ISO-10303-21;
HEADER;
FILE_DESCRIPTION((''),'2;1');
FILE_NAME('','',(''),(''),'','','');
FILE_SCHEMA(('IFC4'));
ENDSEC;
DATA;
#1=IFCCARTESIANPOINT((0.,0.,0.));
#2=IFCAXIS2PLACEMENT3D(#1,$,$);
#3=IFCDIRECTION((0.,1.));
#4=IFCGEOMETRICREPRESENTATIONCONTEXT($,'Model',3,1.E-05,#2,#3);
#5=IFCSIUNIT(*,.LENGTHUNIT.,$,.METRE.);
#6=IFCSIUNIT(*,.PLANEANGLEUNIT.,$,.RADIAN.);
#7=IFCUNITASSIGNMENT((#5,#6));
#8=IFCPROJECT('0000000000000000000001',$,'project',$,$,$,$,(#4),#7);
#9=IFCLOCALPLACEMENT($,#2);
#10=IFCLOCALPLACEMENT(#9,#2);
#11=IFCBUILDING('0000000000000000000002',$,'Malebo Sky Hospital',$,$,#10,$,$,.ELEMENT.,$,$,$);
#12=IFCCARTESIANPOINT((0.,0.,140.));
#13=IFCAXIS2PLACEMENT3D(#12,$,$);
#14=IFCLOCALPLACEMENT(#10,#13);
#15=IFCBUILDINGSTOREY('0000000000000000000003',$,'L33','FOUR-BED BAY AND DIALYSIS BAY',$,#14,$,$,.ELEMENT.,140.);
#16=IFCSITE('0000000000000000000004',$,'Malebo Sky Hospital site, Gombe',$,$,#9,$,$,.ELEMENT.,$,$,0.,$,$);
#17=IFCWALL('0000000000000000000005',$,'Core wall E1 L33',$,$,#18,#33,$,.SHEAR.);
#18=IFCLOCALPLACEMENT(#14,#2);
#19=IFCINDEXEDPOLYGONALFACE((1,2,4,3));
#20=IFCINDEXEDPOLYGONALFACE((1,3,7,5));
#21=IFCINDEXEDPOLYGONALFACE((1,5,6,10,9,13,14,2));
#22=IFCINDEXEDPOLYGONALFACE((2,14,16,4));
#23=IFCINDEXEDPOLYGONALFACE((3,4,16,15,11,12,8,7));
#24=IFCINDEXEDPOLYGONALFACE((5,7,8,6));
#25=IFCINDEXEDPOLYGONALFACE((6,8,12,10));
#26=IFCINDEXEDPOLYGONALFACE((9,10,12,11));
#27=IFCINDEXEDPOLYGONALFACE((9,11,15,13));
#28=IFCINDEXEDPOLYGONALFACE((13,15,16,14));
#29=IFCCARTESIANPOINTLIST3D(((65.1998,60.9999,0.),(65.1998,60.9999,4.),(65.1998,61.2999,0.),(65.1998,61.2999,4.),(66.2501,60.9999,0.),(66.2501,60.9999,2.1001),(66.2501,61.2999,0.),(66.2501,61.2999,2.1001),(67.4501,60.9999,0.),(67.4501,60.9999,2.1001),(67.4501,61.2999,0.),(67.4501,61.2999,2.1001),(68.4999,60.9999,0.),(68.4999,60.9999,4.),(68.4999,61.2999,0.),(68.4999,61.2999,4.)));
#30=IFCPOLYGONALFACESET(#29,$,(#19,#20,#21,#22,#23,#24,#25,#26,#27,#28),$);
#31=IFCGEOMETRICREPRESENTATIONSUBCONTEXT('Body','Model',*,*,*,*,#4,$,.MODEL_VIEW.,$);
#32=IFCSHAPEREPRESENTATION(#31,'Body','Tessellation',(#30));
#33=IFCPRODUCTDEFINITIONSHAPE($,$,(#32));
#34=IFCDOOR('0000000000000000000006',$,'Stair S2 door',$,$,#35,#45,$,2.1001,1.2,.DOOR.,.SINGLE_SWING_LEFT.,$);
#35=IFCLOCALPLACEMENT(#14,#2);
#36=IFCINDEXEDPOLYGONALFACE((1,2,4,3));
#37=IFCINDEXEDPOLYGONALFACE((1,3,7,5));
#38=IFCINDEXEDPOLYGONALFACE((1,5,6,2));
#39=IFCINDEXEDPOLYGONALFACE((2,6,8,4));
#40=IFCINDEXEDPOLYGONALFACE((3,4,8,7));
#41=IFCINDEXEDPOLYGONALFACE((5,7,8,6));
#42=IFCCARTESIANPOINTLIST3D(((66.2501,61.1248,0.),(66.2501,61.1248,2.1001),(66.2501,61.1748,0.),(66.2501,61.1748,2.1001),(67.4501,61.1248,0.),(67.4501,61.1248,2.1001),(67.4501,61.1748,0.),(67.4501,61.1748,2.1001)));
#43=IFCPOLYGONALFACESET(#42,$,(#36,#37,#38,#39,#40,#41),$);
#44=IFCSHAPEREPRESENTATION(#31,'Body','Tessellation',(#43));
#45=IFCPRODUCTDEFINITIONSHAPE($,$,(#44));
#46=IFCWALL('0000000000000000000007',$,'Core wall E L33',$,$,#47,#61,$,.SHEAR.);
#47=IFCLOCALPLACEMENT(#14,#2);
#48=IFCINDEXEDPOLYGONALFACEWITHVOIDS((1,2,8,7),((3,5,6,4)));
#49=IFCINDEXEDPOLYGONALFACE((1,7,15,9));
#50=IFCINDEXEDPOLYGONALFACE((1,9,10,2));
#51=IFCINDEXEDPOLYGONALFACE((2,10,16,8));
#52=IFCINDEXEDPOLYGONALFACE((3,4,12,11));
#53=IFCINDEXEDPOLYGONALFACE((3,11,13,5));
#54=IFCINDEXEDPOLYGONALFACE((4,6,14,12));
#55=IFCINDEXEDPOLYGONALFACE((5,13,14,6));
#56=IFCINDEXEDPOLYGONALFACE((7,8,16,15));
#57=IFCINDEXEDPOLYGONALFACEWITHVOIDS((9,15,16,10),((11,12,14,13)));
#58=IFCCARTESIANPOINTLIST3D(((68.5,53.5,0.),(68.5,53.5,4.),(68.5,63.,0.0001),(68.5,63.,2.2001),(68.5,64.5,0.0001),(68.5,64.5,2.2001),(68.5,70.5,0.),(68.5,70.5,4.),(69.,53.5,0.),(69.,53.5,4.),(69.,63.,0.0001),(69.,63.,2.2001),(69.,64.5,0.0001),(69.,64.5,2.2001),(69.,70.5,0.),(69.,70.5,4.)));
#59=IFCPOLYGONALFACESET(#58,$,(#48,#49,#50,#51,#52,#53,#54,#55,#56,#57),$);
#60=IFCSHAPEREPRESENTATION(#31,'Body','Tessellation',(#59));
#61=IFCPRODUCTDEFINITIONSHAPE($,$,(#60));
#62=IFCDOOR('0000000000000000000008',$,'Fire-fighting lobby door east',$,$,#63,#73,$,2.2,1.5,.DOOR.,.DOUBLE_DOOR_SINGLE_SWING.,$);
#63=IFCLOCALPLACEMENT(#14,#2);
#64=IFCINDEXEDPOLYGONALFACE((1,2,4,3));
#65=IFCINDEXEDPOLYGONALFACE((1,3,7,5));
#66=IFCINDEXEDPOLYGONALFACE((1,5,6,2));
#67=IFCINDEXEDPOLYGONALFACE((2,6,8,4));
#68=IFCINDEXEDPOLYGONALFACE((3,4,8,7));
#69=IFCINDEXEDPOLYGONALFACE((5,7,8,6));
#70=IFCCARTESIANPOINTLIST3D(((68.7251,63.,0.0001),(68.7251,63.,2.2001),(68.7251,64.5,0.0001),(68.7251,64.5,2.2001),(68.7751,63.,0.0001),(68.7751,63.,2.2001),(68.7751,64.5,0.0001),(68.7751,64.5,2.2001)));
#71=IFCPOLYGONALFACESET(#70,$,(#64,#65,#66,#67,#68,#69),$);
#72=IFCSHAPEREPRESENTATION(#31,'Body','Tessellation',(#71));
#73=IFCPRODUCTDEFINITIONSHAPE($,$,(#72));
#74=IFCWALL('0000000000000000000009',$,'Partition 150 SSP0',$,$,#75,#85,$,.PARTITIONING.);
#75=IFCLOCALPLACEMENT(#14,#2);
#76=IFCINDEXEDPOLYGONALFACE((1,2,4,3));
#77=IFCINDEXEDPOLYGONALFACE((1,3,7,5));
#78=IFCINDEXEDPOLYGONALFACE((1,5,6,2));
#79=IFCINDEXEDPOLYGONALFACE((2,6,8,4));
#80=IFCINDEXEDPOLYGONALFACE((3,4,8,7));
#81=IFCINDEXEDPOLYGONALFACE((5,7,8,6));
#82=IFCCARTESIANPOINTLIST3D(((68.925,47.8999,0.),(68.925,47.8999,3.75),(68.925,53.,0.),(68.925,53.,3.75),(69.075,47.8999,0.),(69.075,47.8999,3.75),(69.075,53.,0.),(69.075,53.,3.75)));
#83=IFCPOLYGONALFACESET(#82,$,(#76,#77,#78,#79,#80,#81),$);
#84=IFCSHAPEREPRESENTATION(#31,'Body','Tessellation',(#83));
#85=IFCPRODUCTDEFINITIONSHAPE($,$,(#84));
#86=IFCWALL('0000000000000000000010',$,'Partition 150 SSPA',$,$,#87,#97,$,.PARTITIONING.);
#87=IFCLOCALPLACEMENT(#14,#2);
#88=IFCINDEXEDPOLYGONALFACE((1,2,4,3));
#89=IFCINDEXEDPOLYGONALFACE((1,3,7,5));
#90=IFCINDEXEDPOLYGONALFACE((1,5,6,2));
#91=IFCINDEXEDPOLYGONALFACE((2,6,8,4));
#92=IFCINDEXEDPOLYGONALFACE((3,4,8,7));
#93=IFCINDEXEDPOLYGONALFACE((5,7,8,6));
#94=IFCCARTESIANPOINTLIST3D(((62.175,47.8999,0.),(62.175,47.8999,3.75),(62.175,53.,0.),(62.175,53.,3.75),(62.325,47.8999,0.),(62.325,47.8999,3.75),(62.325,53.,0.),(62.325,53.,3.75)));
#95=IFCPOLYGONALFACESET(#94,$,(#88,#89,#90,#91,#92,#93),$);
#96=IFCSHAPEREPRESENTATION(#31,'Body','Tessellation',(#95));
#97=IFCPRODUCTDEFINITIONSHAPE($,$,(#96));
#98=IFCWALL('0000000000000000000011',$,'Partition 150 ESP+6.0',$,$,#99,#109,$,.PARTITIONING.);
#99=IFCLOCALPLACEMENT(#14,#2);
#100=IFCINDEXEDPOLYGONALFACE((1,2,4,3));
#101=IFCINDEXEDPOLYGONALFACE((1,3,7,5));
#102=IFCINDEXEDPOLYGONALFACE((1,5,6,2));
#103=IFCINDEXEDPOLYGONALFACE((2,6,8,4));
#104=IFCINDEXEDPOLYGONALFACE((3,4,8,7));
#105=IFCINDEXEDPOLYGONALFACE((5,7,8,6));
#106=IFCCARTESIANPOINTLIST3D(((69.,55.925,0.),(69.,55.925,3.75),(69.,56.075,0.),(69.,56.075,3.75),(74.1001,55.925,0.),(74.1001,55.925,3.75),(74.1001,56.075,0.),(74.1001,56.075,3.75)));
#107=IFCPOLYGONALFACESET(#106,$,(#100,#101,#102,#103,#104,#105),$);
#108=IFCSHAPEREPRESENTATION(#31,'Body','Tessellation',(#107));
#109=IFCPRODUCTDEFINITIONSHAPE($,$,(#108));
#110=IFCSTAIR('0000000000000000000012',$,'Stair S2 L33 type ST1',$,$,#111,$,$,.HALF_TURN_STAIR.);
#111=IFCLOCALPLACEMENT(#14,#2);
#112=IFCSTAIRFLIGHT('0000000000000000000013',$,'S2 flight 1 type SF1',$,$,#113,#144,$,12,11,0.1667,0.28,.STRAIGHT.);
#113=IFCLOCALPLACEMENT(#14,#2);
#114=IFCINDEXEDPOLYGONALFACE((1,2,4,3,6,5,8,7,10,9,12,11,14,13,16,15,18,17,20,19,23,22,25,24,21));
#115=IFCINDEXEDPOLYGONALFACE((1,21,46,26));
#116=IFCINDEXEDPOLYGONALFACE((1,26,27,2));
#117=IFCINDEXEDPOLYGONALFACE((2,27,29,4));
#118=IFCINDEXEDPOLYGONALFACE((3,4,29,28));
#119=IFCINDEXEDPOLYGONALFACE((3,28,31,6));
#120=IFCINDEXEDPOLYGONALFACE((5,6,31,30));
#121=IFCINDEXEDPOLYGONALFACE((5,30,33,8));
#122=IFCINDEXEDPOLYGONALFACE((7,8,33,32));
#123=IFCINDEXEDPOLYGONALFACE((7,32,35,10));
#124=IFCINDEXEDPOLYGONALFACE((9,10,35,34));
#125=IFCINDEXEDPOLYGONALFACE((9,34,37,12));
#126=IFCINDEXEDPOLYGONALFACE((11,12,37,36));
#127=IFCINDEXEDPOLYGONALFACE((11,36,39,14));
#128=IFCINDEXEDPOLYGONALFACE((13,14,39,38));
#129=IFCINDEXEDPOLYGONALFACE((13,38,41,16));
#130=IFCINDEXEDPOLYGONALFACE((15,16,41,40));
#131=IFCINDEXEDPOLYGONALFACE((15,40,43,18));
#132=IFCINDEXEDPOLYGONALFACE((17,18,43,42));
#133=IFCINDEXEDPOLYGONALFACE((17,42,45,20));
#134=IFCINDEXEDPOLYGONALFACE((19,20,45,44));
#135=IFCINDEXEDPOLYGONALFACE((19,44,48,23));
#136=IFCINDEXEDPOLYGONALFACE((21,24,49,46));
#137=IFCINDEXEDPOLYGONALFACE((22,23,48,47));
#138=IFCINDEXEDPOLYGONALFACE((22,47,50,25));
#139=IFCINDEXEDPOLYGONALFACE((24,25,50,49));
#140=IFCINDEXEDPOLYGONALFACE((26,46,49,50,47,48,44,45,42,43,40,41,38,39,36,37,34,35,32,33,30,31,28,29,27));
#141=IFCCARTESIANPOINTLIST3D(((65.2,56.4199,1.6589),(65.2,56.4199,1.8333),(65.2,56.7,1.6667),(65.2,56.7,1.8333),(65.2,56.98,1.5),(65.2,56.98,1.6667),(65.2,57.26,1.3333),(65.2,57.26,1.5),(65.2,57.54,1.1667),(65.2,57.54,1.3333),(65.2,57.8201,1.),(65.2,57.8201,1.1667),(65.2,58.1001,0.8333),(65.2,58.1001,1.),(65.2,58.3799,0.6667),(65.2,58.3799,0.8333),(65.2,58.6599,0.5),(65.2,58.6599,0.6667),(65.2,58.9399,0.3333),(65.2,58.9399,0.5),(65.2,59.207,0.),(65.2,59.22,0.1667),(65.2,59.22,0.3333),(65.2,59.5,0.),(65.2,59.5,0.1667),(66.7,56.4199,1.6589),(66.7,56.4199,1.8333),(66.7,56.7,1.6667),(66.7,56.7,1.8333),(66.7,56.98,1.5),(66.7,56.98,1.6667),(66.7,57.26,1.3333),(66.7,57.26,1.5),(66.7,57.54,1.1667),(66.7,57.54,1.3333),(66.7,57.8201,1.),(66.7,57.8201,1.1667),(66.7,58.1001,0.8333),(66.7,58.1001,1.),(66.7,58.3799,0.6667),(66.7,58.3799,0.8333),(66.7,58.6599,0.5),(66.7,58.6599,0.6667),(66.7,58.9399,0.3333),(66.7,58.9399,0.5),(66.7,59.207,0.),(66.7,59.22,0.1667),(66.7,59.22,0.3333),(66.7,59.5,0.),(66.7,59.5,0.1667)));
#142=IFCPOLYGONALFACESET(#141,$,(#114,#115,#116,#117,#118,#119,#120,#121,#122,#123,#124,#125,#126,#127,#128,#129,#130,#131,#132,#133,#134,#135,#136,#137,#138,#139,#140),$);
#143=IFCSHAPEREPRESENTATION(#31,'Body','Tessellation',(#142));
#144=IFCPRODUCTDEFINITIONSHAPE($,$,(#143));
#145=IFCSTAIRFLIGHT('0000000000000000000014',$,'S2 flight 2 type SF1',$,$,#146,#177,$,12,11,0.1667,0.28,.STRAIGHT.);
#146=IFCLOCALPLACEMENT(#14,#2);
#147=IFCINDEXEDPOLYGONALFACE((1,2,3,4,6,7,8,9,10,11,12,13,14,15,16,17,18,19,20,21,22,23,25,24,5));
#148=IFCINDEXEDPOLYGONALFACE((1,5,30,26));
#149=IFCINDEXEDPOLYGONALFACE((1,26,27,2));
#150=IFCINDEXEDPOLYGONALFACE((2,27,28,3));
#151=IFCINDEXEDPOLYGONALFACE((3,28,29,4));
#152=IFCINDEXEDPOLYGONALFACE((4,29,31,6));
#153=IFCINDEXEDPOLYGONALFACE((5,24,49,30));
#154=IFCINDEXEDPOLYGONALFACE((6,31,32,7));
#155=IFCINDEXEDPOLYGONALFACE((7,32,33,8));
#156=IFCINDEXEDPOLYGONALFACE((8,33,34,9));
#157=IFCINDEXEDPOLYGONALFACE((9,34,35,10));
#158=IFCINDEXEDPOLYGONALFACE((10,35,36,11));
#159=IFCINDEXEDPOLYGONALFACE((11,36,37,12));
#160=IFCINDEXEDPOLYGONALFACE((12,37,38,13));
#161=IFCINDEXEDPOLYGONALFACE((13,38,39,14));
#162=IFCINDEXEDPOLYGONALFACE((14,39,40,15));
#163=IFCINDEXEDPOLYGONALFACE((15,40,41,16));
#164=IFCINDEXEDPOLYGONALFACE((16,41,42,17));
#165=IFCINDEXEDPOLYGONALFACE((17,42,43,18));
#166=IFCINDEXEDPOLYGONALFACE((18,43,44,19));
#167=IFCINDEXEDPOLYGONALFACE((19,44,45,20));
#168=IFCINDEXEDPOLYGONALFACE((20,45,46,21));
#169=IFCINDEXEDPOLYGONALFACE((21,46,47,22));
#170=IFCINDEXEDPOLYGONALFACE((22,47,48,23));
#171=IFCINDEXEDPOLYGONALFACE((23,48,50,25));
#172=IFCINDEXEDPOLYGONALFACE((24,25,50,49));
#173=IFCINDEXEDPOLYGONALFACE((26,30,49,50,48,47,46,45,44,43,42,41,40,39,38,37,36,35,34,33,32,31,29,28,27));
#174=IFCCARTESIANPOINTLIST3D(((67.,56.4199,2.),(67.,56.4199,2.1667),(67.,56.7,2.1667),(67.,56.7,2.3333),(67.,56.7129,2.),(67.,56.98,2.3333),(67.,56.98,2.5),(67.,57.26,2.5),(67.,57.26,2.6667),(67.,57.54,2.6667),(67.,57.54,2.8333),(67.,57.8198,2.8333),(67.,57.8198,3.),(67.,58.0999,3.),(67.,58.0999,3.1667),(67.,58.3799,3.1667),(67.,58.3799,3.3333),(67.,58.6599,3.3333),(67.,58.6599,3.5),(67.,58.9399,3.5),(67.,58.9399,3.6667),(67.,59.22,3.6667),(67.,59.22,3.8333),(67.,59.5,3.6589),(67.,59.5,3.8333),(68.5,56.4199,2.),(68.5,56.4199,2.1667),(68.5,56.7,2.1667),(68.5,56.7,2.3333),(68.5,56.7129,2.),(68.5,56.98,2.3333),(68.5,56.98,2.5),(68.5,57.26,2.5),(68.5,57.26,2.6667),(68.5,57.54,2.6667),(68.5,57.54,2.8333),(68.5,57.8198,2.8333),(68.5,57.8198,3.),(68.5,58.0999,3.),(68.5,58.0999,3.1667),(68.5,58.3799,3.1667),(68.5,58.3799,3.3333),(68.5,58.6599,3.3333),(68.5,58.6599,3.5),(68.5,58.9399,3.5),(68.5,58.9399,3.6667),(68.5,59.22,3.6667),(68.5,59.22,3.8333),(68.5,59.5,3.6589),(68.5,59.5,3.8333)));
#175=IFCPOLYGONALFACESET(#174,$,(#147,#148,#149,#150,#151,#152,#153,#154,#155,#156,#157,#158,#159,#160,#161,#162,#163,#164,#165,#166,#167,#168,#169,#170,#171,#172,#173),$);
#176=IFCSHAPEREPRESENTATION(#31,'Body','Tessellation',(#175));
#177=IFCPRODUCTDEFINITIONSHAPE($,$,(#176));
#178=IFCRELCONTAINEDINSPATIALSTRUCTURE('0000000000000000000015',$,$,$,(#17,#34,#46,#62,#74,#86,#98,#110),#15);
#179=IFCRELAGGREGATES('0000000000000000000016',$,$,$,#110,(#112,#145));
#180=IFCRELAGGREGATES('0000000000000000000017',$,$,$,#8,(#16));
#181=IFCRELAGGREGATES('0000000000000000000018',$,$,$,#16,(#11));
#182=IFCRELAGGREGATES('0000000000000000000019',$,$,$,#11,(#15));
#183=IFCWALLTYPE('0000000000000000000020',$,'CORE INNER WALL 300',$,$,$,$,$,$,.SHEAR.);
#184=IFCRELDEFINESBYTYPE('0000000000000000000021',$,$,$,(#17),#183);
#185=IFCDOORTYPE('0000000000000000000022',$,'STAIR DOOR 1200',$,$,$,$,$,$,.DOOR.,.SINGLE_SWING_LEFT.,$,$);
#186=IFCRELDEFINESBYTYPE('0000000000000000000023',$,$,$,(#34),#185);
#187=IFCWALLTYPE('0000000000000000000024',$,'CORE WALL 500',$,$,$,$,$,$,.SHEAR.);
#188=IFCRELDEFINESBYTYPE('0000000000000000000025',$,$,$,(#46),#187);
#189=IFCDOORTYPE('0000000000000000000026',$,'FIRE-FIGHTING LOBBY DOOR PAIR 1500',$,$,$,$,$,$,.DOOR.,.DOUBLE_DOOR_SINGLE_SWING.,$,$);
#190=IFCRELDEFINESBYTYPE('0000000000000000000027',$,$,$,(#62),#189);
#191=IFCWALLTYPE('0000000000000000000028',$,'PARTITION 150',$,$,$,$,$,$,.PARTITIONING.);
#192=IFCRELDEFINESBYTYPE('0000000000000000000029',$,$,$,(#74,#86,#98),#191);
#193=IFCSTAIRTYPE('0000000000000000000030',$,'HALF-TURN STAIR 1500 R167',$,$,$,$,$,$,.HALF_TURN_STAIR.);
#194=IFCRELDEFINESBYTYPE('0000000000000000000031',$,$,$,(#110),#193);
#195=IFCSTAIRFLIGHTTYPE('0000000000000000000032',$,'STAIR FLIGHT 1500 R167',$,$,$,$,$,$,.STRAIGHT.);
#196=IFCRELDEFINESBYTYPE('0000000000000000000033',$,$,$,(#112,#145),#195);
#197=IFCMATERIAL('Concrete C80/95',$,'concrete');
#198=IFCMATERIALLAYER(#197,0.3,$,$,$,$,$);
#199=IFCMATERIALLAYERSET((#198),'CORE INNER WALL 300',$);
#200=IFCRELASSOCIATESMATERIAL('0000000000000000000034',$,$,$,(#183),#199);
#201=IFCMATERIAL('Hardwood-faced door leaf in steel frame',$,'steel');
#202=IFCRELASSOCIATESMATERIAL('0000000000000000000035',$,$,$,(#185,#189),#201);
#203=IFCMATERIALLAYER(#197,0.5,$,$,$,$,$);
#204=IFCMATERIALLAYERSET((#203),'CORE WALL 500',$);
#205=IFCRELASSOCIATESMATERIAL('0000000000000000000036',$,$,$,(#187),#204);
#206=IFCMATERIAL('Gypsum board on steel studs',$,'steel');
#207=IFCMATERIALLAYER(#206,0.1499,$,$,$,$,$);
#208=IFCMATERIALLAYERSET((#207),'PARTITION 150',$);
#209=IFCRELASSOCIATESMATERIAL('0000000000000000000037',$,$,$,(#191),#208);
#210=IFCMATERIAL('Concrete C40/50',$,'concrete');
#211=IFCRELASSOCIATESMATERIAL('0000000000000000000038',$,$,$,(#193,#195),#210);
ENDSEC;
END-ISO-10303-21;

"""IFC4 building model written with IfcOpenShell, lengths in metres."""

from ifc_helpers import new_model, si_unit, direction, frame, frame_2d, origin, place, context, subcontext, project, spatial, polyline, rectangle, outline, extrude, material, layer, layer_set, type_object, element, fill, aggregate, save


model = new_model("IFC4")

# Units and contexts
model_context = context("Model", 3, precision=1e-05, world=origin(), true_north=direction((0.0, 1.0)))
body_context = subcontext(model_context, "Body", "Model", "MODEL_VIEW")
ifc_project = project(units=[si_unit("LENGTHUNIT", "METRE"), si_unit("PLANEANGLEUNIT", "RADIAN")], contexts=[model_context])

# Site, building, storey
site_placement = place(None, origin())
site = spatial("IfcSite", under=ifc_project, at=site_placement, Name="Malebo Sky Hospital site, Gombe", CompositionType="ELEMENT", RefElevation=0.0)
building_placement = place(site_placement, origin())
building = spatial("IfcBuilding", under=site, at=building_placement, Name="Malebo Sky Hospital", CompositionType="ELEMENT")
storey_placement = place(building_placement, frame((0.0, 0.0, 140.0)))
storey = spatial("IfcBuildingStorey", under=building, at=storey_placement, Name="L33", Description="FOUR-BED BAY AND DIALYSIS BAY", CompositionType="ELEMENT", Elevation=140.0)

# Shared definitions
ifc_material_1 = material(Name="Concrete C80/95", Category="concrete")

# Shared definitions
ifc_layer_1 = layer(ifc_material_1, 0.3)
ifc_layer_set_1 = layer_set([ifc_layer_1], Name="CORE INNER WALL 300")
wall_type_1 = type_object("IfcWallType", Name="CORE INNER WALL 300", PredefinedType="SHEAR", material=ifc_layer_set_1)

# Walls, openings, doors
wall_1_placement = place(storey_placement, frame((65.2, 61.1499, 0.0), z_axis=(0.0, 0.0, 1.0), x_axis=(1.0, 0.0, 0.0)))
wall_1 = element("IfcWall", 1, at=wall_1_placement, inside=storey, type_object=wall_type_1, Name="Core wall E1 L33", PredefinedType="SHEAR", context=body_context, shape_type="SweptSolid", body=[
    extrude(rectangle(XDim=3.3, YDim=0.3, at=frame_2d((1.6499, 0.0))), origin(), (0.0, 0.0, 1.0), 4.0),
])
opening_1_placement = place(wall_1_placement, frame((1.05, 0.0, 0.0)))
opening_1 = element("IfcOpeningElement", 2, at=opening_1_placement, cuts=wall_1, PredefinedType="OPENING", context=body_context, shape_type="SweptSolid", body=[
    extrude(rectangle(XDim=1.2, YDim=2.1001, at=frame_2d((0.6001, 1.05))), frame((0.0, 0.1599, 0.0), z_axis=(0.0, -1.0, 0.0), x_axis=(1.0, 0.0, 0.0)), (0.0, 0.0, 1.0), 0.3201),
])
ifc_material_2 = material(Name="Hardwood-faced door leaf in steel frame", Category="steel")
door_type_1 = type_object("IfcDoorType", Name="STAIR DOOR 1200", OperationType="SINGLE_SWING_LEFT", PredefinedType="DOOR", material=ifc_material_2)
door_1_placement = place(opening_1_placement, origin())
door_1 = element("IfcDoor", 3, at=door_1_placement, inside=storey, type_object=door_type_1, Name="Stair S2 door", OperationType="SINGLE_SWING_LEFT", OverallHeight=2.1001, OverallWidth=1.2, PredefinedType="DOOR", context=body_context, shape_type="SweptSolid", body=[
    extrude(rectangle(XDim=1.2, YDim=2.1001, at=frame_2d((0.6001, 1.05))), frame((0.0, 0.0249, 0.0), z_axis=(0.0, -1.0, 0.0), x_axis=(1.0, 0.0, 0.0)), (0.0, 0.0, 1.0), 0.05),
])
fill(opening_1, door_1)
ifc_layer_2 = layer(ifc_material_1, 0.5)
ifc_layer_set_2 = layer_set([ifc_layer_2], Name="CORE WALL 500")
wall_type_2 = type_object("IfcWallType", Name="CORE WALL 500", PredefinedType="SHEAR", material=ifc_layer_set_2)
wall_2_placement = place(storey_placement, frame((68.75, 53.5, 0.0), z_axis=(0.0, 0.0, 1.0), x_axis=(0.0, 1.0, 0.0)))
wall_2 = element("IfcWall", 4, at=wall_2_placement, inside=storey, type_object=wall_type_2, Name="Core wall E L33", PredefinedType="SHEAR", context=body_context, shape_type="SweptSolid", body=[
    extrude(rectangle(XDim=17.0, YDim=0.5, at=frame_2d((8.5, 0.0))), origin(), (0.0, 0.0, 1.0), 4.0),
])
opening_2_placement = place(wall_2_placement, frame((9.5, 0.0, 0.0)))
opening_2 = element("IfcOpeningElement", 5, at=opening_2_placement, cuts=wall_2, PredefinedType="OPENING", context=body_context, shape_type="SweptSolid", body=[
    extrude(rectangle(XDim=1.5, YDim=2.2, at=frame_2d((0.75, 1.1001))), frame((0.0, 0.26, 0.0), z_axis=(0.0, -1.0, 0.0), x_axis=(1.0, 0.0, 0.0)), (0.0, 0.0, 1.0), 0.52),
])
door_type_2 = type_object("IfcDoorType", Name="FIRE-FIGHTING LOBBY DOOR PAIR 1500", OperationType="DOUBLE_DOOR_SINGLE_SWING", PredefinedType="DOOR", material=ifc_material_2)
door_2_placement = place(opening_2_placement, origin())
door_2 = element("IfcDoor", 6, at=door_2_placement, inside=storey, type_object=door_type_2, Name="Fire-fighting lobby door east", OperationType="DOUBLE_DOOR_SINGLE_SWING", OverallHeight=2.2, OverallWidth=1.5, PredefinedType="DOOR", context=body_context, shape_type="SweptSolid", body=[
    extrude(rectangle(XDim=1.5, YDim=2.2, at=frame_2d((0.75, 1.1001))), frame((0.0, 0.0249, 0.0), z_axis=(0.0, -1.0, 0.0), x_axis=(1.0, 0.0, 0.0)), (0.0, 0.0, 1.0), 0.05),
])
fill(opening_2, door_2)

# Walls
ifc_material_3 = material(Name="Gypsum board on steel studs", Category="steel")
ifc_layer_3 = layer(ifc_material_3, 0.1499)
ifc_layer_set_3 = layer_set([ifc_layer_3], Name="PARTITION 150")
wall_type_3 = type_object("IfcWallType", Name="PARTITION 150", PredefinedType="PARTITIONING", material=ifc_layer_set_3)
for number, where, z_axis, x_axis, name in (
    (7, (69.0, 53.0, 0.0), (0.0, 0.0, 1.0), (0.0, -1.0, 0.0), "Partition 150 SSP0"),
    (8, (62.25, 53.0, 0.0), (0.0, 0.0, 1.0), (0.0, -1.0, 0.0), "Partition 150 SSPA"),
    (9, (69.0, 56.0, 0.0), (0.0, 0.0, 1.0), (1.0, 0.0, 0.0), "Partition 150 ESP+6.0"),
):
    element("IfcWall", number, at=place(storey_placement, frame(where, z_axis=z_axis, x_axis=x_axis)), inside=storey, type_object=wall_type_3, Name=name, PredefinedType="PARTITIONING", context=body_context, shape_type="SweptSolid", body=[
        extrude(rectangle(XDim=5.1001, YDim=0.1499, at=frame_2d((2.55, 0.0))), origin(), (0.0, 0.0, 1.0), 3.75),
    ])

# Stair, stair flights
ifc_material_4 = material(Name="Concrete C40/50", Category="concrete")
stair_type = type_object("IfcStairType", Name="HALF-TURN STAIR 1500 R167", PredefinedType="HALF_TURN_STAIR", material=ifc_material_4)
stair_placement = place(storey_placement, origin())
stair = element("IfcStair", 10, at=stair_placement, inside=storey, type_object=stair_type, Name="Stair S2 L33 type ST1", PredefinedType="HALF_TURN_STAIR")
stair_flight_type = type_object("IfcStairFlightType", Name="STAIR FLIGHT 1500 R167", PredefinedType="STRAIGHT", material=ifc_material_4)
stair_flight_1_placement = place(storey_placement, frame((65.95, 59.5, 0.0), z_axis=(0.0, 0.0, 1.0), x_axis=(0.0, -1.0, 0.0)))
stair_flight_1 = element("IfcStairFlight", 11, at=stair_flight_1_placement, type_object=stair_flight_type, Name="S2 flight 1 type SF1", NumberOfRisers=12, NumberOfTreads=11, PredefinedType="STRAIGHT", RiserHeight=0.1667, TreadLength=0.28, context=body_context, shape_type="SweptSolid", body=[
    extrude(outline(polyline([(0.0, 0.0), (0.0, 0.1667), (0.28, 0.1667), (0.28, 0.3333), (0.5601, 0.3333), (0.5601, 0.5), (0.8401, 0.5), (0.8401, 0.6667), (1.1201, 0.6667), (1.1201, 0.8333), (1.3999, 0.8333), (1.3999, 1.0), (1.6799, 1.0), (1.6799, 1.1667), (1.96, 1.1667), (1.96, 1.3333), (2.24, 1.3333), (2.24, 1.5), (2.52, 1.5), (2.52, 1.6667), (2.8, 1.6667), (2.8, 1.8333), (3.0801, 1.8333), (3.0801, 2.0), (3.0801, 1.6589), (0.293, 0.0), (0.0, 0.0)])), frame((0.0, 0.75, 0.0), z_axis=(0.0, -1.0, 0.0), x_axis=(1.0, 0.0, 0.0)), (0.0, 0.0, 1.0), 1.5),
])
stair_flight_2_placement = place(storey_placement, frame((67.75, 56.4199, 2.0), z_axis=(0.0, 0.0, 1.0), x_axis=(0.0, 1.0, 0.0)))
stair_flight_2 = element("IfcStairFlight", 12, at=stair_flight_2_placement, type_object=stair_flight_type, Name="S2 flight 2 type SF1", NumberOfRisers=12, NumberOfTreads=11, PredefinedType="STRAIGHT", RiserHeight=0.1667, TreadLength=0.28, context=body_context, shape_type="SweptSolid", body=[
    extrude(outline(polyline([(0.0, 0.0), (0.0, 0.1667), (0.28, 0.1667), (0.28, 0.3333), (0.5601, 0.3333), (0.5601, 0.5), (0.8401, 0.5), (0.8401, 0.6667), (1.1201, 0.6667), (1.1201, 0.8333), (1.3999, 0.8333), (1.3999, 1.0), (1.6799, 1.0), (1.6799, 1.1667), (1.96, 1.1667), (1.96, 1.3333), (2.24, 1.3333), (2.24, 1.5), (2.52, 1.5), (2.52, 1.6667), (2.8, 1.6667), (2.8, 1.8333), (3.0801, 1.8333), (3.0801, 2.0), (3.0801, 1.6589), (0.293, 0.0), (0.0, 0.0)])), frame((0.0, 0.75, 0.0), z_axis=(0.0, -1.0, 0.0), x_axis=(1.0, 0.0, 0.0)), (0.0, 0.0, 1.0), 1.5),
])
aggregate(stair, [stair_flight_1, stair_flight_2])

save(model, "model.ifc")
